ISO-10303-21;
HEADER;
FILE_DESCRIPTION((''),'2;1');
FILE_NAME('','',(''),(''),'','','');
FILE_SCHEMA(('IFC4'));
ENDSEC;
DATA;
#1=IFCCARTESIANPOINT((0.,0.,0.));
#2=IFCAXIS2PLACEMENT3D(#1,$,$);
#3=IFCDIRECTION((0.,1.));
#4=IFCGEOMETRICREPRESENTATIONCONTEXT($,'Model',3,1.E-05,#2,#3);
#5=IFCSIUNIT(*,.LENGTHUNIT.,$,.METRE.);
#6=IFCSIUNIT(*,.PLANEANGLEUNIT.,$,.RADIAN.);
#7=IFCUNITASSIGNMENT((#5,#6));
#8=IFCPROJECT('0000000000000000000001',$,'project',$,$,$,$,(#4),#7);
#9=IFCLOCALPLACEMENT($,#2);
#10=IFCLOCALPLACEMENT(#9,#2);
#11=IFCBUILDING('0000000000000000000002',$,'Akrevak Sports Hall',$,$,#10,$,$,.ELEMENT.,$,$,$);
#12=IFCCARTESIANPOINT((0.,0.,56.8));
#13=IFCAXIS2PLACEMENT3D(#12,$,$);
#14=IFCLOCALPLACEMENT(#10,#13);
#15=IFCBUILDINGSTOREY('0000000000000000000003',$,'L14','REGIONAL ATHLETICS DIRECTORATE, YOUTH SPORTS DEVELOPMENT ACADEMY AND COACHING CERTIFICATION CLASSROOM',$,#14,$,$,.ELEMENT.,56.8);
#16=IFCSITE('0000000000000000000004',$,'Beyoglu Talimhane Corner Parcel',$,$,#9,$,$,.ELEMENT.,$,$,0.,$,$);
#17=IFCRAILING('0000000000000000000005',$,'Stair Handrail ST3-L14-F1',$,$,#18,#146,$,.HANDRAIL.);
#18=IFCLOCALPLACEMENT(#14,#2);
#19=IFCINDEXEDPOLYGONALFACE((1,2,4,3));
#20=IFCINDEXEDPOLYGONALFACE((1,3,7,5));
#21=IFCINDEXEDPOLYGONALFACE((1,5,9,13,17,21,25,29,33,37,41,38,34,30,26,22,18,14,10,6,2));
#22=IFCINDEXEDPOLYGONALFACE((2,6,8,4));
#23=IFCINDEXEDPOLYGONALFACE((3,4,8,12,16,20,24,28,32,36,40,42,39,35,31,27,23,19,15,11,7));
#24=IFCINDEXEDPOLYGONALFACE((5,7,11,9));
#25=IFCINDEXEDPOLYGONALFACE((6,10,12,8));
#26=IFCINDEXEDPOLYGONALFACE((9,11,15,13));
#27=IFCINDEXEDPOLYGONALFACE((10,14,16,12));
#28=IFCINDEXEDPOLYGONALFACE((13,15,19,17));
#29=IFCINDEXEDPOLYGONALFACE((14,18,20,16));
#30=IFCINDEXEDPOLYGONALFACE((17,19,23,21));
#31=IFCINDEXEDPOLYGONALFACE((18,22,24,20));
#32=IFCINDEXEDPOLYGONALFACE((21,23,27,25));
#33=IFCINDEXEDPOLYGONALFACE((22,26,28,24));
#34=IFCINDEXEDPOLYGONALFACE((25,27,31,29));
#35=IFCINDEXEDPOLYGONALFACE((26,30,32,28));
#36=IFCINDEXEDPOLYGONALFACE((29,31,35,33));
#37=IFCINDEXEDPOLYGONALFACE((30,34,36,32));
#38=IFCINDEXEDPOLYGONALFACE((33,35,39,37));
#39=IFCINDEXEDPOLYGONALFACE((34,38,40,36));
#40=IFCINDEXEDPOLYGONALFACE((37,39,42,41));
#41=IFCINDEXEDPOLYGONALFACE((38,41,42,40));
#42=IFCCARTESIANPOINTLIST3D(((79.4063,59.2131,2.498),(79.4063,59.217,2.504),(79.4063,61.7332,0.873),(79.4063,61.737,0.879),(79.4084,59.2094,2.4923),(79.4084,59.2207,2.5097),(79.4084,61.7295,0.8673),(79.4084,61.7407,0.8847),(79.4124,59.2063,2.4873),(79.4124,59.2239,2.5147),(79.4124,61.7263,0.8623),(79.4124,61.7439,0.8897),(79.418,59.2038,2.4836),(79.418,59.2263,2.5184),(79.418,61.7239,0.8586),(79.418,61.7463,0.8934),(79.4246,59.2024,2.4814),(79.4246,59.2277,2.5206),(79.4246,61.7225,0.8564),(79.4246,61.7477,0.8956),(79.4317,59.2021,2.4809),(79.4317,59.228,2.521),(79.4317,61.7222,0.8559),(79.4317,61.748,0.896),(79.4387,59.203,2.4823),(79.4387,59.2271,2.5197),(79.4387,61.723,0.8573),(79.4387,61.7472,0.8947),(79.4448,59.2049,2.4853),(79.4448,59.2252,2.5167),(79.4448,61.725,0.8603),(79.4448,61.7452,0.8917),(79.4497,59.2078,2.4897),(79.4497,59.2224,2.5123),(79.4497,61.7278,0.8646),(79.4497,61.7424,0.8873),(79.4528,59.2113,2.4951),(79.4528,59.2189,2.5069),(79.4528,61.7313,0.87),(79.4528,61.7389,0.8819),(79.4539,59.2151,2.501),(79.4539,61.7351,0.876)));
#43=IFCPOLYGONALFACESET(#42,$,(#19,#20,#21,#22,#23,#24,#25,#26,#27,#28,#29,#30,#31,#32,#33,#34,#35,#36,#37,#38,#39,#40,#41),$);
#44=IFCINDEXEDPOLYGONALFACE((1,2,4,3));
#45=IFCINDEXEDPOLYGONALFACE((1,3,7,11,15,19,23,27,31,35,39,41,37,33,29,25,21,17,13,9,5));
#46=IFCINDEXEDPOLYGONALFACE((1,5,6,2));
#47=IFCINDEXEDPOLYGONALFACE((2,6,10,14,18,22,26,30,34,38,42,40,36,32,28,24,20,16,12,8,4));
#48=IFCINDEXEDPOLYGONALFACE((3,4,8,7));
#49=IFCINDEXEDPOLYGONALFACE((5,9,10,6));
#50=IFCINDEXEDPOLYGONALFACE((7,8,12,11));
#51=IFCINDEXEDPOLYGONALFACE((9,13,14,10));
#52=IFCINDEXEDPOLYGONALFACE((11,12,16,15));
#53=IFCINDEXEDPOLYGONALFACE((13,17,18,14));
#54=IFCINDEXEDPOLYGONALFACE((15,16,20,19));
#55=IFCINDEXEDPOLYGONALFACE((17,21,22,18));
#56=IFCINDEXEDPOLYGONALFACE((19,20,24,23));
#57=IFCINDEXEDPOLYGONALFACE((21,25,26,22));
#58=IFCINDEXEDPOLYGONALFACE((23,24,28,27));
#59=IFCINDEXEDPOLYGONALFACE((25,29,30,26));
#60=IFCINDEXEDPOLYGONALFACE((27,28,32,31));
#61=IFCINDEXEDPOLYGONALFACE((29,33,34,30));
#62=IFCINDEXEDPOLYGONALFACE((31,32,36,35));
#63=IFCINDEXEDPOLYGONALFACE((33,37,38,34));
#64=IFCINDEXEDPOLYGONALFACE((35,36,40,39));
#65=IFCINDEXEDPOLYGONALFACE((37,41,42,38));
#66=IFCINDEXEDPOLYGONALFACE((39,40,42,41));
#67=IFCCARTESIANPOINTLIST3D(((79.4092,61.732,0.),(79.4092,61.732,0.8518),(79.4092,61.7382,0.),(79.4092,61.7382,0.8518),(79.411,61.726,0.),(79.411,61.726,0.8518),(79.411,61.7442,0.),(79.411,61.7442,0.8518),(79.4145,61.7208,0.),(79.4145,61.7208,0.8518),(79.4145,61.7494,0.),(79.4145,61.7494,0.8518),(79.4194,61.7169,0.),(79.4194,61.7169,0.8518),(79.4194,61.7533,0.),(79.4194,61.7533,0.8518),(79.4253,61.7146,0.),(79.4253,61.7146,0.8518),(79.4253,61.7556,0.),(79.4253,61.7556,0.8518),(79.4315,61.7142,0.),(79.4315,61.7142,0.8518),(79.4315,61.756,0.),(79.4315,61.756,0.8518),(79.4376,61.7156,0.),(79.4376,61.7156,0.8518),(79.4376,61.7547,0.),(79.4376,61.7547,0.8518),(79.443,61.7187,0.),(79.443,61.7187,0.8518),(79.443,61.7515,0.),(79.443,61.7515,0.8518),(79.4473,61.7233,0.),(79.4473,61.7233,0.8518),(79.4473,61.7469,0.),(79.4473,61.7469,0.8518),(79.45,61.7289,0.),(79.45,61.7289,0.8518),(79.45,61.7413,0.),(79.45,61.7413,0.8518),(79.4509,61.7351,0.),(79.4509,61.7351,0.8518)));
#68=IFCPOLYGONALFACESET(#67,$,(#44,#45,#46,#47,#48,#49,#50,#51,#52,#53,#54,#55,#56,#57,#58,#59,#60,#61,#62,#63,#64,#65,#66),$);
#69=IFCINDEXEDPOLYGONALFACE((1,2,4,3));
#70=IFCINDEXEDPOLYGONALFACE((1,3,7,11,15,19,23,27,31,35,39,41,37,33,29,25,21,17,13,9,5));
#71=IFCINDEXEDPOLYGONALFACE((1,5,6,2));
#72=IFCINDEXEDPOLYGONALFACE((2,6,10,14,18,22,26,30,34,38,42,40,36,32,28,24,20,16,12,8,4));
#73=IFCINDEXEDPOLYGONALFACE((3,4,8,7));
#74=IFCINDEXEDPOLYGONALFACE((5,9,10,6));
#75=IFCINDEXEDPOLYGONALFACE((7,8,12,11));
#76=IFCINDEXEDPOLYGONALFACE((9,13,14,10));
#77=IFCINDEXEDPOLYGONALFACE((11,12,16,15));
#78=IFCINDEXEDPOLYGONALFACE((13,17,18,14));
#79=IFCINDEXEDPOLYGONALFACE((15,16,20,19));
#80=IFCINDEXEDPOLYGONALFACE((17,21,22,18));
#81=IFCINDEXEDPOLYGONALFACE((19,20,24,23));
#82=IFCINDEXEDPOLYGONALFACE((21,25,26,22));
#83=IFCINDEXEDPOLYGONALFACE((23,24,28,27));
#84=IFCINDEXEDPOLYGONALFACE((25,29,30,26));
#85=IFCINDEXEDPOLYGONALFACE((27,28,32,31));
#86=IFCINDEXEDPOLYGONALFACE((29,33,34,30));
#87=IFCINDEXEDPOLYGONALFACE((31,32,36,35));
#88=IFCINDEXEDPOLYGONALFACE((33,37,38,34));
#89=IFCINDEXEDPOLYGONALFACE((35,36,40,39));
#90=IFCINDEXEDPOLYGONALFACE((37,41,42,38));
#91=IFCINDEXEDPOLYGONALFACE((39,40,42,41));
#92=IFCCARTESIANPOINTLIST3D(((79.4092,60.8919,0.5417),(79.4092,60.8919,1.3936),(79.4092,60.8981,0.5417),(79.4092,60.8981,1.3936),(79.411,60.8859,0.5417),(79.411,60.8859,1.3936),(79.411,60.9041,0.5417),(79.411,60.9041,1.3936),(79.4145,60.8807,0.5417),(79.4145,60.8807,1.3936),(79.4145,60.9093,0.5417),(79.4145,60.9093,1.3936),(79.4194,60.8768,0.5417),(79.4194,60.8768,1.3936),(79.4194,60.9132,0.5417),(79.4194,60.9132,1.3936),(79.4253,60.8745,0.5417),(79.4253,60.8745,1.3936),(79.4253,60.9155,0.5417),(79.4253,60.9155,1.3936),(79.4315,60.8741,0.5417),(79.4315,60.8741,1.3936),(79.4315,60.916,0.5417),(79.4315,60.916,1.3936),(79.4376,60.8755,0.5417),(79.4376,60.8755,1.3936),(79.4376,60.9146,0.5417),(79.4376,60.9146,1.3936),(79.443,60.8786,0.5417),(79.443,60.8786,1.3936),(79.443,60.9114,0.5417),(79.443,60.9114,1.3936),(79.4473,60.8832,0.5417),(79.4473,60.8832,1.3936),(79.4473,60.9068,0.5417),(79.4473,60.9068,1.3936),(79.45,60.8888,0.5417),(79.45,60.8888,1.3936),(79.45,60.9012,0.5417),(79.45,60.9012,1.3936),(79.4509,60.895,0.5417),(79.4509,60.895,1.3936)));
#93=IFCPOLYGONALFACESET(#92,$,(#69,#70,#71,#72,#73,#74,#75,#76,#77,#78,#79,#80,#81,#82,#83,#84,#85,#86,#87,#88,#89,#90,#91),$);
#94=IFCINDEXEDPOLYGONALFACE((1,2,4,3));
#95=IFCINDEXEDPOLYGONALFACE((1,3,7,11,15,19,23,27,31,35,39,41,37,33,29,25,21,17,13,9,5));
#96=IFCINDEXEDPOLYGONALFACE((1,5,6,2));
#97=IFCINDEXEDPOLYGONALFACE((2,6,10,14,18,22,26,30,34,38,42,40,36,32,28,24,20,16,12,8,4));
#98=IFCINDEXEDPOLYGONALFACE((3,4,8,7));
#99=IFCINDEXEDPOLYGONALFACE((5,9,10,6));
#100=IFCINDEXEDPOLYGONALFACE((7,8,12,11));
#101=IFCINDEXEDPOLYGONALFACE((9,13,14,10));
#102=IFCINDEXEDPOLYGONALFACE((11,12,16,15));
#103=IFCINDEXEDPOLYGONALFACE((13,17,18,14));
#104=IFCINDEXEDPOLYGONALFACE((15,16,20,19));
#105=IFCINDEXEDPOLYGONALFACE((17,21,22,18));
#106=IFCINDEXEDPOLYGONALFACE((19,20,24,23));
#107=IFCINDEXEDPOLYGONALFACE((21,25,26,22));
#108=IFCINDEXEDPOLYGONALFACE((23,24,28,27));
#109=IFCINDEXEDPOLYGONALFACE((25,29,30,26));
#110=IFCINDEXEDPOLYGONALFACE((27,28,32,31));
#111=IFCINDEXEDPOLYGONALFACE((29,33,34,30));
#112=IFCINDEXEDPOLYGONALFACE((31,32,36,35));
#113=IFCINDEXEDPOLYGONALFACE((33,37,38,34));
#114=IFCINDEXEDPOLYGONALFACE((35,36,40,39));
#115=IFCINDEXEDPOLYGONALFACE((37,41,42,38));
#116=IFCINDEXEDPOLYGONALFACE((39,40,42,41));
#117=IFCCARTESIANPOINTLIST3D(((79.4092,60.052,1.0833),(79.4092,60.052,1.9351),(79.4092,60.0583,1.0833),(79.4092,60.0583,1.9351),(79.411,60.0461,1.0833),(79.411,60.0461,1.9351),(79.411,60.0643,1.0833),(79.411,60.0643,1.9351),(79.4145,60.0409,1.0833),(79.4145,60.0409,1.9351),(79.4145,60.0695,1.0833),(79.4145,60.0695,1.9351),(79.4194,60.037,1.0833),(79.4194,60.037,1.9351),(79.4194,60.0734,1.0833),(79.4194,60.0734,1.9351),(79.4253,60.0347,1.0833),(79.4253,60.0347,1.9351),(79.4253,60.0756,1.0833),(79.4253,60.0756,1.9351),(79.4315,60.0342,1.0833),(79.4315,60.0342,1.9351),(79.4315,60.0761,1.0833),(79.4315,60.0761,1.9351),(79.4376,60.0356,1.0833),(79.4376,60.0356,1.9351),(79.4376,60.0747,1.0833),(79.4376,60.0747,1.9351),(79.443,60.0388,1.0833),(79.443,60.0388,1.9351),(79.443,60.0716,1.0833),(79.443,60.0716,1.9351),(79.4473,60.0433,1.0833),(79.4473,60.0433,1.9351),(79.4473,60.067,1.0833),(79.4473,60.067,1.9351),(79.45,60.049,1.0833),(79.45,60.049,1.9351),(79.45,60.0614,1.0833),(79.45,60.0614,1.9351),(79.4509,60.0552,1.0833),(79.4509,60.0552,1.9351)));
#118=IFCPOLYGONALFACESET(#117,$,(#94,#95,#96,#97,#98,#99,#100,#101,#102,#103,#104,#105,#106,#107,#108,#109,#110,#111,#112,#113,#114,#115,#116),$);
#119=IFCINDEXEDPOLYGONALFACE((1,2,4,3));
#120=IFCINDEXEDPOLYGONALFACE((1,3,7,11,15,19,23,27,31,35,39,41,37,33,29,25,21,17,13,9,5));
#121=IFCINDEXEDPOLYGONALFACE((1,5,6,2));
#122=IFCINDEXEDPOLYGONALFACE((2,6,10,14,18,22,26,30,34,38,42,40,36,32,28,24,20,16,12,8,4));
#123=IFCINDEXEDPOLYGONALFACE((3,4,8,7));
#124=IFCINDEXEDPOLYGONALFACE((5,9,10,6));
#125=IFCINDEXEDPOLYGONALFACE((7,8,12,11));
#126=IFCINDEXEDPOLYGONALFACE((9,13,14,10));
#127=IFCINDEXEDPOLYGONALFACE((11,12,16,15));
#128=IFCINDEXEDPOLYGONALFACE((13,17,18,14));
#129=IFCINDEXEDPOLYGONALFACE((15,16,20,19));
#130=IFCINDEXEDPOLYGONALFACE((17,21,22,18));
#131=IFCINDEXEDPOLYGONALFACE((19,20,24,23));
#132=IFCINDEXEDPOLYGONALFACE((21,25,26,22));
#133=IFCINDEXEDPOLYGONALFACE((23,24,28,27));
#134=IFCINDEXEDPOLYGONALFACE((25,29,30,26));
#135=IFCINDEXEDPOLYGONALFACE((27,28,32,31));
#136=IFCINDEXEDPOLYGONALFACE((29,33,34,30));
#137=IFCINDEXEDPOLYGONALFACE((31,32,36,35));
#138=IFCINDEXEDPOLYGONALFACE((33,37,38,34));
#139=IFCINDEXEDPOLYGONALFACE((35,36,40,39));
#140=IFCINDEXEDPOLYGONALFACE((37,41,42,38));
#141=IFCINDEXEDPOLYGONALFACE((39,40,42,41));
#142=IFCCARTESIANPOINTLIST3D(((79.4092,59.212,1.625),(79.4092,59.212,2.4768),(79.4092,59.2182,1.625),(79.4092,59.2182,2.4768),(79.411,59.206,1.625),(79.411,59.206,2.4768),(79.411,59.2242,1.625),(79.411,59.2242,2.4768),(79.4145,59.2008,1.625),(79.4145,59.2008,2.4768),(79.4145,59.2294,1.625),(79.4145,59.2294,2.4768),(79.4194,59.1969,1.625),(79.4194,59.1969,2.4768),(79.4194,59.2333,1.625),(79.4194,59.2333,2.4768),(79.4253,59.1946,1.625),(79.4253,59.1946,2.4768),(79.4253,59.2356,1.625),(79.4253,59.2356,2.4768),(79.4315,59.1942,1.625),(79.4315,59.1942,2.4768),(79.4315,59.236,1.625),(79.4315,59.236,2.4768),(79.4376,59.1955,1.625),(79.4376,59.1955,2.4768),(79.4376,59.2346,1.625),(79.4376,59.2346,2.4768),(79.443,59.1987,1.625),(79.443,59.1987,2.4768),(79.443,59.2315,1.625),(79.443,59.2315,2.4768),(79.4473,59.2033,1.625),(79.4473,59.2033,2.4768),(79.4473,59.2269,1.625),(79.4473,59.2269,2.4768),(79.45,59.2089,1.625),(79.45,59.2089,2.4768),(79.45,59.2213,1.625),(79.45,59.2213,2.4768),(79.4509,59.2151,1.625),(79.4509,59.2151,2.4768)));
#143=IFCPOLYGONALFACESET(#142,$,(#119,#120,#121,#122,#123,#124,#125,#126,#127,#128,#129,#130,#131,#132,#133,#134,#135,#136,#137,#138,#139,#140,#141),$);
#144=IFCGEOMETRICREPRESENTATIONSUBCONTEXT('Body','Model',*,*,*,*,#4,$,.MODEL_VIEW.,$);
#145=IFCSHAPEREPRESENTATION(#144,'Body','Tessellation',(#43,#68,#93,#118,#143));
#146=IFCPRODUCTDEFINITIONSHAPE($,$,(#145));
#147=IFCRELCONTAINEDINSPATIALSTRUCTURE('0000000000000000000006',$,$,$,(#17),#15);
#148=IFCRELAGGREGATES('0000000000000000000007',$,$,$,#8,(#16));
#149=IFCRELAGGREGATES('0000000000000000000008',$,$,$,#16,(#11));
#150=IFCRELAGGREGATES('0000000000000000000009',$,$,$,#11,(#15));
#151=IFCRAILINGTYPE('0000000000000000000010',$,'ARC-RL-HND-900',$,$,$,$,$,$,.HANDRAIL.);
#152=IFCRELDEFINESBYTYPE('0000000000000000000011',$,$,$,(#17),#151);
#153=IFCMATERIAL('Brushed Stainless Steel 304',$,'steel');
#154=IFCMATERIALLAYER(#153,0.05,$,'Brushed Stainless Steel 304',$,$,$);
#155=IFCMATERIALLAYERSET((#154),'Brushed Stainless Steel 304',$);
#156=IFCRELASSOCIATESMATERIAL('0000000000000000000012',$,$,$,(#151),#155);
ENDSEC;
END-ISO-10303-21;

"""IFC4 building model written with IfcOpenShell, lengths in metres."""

from ifc_helpers import new_model, si_unit, direction, frame, origin, origin_2d, place, context, subcontext, project, spatial, circle, extrude, material, layer, layer_set, type_object, element, save


model = new_model("IFC4")

# Units and contexts
model_context = context("Model", 3, precision=1e-05, world=origin(), true_north=direction((0.0, 1.0)))
body_context = subcontext(model_context, "Body", "Model", "MODEL_VIEW")
ifc_project = project(units=[si_unit("LENGTHUNIT", "METRE"), si_unit("PLANEANGLEUNIT", "RADIAN")], contexts=[model_context])

# Site, building, storey
site_placement = place(None, origin())
site = spatial("IfcSite", under=ifc_project, at=site_placement, Name="Beyoglu Talimhane Corner Parcel", CompositionType="ELEMENT", RefElevation=0.0)
building_placement = place(site_placement, origin())
building = spatial("IfcBuilding", under=site, at=building_placement, Name="Akrevak Sports Hall", CompositionType="ELEMENT")
storey_placement = place(building_placement, frame((0.0, 0.0, 56.8)))
storey = spatial("IfcBuildingStorey", under=building, at=storey_placement, Name="L14", Description="REGIONAL ATHLETICS DIRECTORATE, YOUTH SPORTS DEVELOPMENT ACADEMY AND COACHING CERTIFICATION CLASSROOM", CompositionType="ELEMENT", Elevation=56.8)

# Railing
ifc_material_1 = material(Name="Brushed Stainless Steel 304", Category="steel")
ifc_layer_1 = layer(ifc_material_1, 0.05, Name="Brushed Stainless Steel 304")
ifc_layer_set_1 = layer_set([ifc_layer_1], Name="Brushed Stainless Steel 304")
railing_type_1 = type_object("IfcRailingType", Name="ARC-RL-HND-900", PredefinedType="HANDRAIL", material=ifc_layer_set_1)
railing_1_placement = place(storey_placement, frame((79.4299, 61.7351, 0.0)))
element("IfcRailing", 1, at=railing_1_placement, inside=storey, type_object=railing_type_1, Name="Stair Handrail ST3-L14-F1", PredefinedType="HANDRAIL", context=body_context, shape_type="SweptSolid", body=[
    extrude(circle(Radius=0.0239, at=origin_2d()), frame((0.0, 0.0, 0.876), z_axis=(0.0, -0.840421, 0.541934), x_axis=(1.0, 0.0, 0.0)), (0.0, 0.0, 1.0), 2.9985),
    extrude(circle(Radius=0.021, at=origin_2d()), origin(), (0.0, 0.0, 1.0), 0.8518),
    extrude(circle(Radius=0.021, at=origin_2d()), frame((0.0, -0.8401, 0.5417)), (0.0, 0.0, 1.0), 0.8518),
    extrude(circle(Radius=0.021, at=origin_2d()), frame((0.0, -1.6799, 1.0833)), (0.0, 0.0, 1.0), 0.8518),
    extrude(circle(Radius=0.021, at=origin_2d()), frame((0.0, -2.52, 1.625)), (0.0, 0.0, 1.0), 0.8518),
])

save(model, "model.ifc")
